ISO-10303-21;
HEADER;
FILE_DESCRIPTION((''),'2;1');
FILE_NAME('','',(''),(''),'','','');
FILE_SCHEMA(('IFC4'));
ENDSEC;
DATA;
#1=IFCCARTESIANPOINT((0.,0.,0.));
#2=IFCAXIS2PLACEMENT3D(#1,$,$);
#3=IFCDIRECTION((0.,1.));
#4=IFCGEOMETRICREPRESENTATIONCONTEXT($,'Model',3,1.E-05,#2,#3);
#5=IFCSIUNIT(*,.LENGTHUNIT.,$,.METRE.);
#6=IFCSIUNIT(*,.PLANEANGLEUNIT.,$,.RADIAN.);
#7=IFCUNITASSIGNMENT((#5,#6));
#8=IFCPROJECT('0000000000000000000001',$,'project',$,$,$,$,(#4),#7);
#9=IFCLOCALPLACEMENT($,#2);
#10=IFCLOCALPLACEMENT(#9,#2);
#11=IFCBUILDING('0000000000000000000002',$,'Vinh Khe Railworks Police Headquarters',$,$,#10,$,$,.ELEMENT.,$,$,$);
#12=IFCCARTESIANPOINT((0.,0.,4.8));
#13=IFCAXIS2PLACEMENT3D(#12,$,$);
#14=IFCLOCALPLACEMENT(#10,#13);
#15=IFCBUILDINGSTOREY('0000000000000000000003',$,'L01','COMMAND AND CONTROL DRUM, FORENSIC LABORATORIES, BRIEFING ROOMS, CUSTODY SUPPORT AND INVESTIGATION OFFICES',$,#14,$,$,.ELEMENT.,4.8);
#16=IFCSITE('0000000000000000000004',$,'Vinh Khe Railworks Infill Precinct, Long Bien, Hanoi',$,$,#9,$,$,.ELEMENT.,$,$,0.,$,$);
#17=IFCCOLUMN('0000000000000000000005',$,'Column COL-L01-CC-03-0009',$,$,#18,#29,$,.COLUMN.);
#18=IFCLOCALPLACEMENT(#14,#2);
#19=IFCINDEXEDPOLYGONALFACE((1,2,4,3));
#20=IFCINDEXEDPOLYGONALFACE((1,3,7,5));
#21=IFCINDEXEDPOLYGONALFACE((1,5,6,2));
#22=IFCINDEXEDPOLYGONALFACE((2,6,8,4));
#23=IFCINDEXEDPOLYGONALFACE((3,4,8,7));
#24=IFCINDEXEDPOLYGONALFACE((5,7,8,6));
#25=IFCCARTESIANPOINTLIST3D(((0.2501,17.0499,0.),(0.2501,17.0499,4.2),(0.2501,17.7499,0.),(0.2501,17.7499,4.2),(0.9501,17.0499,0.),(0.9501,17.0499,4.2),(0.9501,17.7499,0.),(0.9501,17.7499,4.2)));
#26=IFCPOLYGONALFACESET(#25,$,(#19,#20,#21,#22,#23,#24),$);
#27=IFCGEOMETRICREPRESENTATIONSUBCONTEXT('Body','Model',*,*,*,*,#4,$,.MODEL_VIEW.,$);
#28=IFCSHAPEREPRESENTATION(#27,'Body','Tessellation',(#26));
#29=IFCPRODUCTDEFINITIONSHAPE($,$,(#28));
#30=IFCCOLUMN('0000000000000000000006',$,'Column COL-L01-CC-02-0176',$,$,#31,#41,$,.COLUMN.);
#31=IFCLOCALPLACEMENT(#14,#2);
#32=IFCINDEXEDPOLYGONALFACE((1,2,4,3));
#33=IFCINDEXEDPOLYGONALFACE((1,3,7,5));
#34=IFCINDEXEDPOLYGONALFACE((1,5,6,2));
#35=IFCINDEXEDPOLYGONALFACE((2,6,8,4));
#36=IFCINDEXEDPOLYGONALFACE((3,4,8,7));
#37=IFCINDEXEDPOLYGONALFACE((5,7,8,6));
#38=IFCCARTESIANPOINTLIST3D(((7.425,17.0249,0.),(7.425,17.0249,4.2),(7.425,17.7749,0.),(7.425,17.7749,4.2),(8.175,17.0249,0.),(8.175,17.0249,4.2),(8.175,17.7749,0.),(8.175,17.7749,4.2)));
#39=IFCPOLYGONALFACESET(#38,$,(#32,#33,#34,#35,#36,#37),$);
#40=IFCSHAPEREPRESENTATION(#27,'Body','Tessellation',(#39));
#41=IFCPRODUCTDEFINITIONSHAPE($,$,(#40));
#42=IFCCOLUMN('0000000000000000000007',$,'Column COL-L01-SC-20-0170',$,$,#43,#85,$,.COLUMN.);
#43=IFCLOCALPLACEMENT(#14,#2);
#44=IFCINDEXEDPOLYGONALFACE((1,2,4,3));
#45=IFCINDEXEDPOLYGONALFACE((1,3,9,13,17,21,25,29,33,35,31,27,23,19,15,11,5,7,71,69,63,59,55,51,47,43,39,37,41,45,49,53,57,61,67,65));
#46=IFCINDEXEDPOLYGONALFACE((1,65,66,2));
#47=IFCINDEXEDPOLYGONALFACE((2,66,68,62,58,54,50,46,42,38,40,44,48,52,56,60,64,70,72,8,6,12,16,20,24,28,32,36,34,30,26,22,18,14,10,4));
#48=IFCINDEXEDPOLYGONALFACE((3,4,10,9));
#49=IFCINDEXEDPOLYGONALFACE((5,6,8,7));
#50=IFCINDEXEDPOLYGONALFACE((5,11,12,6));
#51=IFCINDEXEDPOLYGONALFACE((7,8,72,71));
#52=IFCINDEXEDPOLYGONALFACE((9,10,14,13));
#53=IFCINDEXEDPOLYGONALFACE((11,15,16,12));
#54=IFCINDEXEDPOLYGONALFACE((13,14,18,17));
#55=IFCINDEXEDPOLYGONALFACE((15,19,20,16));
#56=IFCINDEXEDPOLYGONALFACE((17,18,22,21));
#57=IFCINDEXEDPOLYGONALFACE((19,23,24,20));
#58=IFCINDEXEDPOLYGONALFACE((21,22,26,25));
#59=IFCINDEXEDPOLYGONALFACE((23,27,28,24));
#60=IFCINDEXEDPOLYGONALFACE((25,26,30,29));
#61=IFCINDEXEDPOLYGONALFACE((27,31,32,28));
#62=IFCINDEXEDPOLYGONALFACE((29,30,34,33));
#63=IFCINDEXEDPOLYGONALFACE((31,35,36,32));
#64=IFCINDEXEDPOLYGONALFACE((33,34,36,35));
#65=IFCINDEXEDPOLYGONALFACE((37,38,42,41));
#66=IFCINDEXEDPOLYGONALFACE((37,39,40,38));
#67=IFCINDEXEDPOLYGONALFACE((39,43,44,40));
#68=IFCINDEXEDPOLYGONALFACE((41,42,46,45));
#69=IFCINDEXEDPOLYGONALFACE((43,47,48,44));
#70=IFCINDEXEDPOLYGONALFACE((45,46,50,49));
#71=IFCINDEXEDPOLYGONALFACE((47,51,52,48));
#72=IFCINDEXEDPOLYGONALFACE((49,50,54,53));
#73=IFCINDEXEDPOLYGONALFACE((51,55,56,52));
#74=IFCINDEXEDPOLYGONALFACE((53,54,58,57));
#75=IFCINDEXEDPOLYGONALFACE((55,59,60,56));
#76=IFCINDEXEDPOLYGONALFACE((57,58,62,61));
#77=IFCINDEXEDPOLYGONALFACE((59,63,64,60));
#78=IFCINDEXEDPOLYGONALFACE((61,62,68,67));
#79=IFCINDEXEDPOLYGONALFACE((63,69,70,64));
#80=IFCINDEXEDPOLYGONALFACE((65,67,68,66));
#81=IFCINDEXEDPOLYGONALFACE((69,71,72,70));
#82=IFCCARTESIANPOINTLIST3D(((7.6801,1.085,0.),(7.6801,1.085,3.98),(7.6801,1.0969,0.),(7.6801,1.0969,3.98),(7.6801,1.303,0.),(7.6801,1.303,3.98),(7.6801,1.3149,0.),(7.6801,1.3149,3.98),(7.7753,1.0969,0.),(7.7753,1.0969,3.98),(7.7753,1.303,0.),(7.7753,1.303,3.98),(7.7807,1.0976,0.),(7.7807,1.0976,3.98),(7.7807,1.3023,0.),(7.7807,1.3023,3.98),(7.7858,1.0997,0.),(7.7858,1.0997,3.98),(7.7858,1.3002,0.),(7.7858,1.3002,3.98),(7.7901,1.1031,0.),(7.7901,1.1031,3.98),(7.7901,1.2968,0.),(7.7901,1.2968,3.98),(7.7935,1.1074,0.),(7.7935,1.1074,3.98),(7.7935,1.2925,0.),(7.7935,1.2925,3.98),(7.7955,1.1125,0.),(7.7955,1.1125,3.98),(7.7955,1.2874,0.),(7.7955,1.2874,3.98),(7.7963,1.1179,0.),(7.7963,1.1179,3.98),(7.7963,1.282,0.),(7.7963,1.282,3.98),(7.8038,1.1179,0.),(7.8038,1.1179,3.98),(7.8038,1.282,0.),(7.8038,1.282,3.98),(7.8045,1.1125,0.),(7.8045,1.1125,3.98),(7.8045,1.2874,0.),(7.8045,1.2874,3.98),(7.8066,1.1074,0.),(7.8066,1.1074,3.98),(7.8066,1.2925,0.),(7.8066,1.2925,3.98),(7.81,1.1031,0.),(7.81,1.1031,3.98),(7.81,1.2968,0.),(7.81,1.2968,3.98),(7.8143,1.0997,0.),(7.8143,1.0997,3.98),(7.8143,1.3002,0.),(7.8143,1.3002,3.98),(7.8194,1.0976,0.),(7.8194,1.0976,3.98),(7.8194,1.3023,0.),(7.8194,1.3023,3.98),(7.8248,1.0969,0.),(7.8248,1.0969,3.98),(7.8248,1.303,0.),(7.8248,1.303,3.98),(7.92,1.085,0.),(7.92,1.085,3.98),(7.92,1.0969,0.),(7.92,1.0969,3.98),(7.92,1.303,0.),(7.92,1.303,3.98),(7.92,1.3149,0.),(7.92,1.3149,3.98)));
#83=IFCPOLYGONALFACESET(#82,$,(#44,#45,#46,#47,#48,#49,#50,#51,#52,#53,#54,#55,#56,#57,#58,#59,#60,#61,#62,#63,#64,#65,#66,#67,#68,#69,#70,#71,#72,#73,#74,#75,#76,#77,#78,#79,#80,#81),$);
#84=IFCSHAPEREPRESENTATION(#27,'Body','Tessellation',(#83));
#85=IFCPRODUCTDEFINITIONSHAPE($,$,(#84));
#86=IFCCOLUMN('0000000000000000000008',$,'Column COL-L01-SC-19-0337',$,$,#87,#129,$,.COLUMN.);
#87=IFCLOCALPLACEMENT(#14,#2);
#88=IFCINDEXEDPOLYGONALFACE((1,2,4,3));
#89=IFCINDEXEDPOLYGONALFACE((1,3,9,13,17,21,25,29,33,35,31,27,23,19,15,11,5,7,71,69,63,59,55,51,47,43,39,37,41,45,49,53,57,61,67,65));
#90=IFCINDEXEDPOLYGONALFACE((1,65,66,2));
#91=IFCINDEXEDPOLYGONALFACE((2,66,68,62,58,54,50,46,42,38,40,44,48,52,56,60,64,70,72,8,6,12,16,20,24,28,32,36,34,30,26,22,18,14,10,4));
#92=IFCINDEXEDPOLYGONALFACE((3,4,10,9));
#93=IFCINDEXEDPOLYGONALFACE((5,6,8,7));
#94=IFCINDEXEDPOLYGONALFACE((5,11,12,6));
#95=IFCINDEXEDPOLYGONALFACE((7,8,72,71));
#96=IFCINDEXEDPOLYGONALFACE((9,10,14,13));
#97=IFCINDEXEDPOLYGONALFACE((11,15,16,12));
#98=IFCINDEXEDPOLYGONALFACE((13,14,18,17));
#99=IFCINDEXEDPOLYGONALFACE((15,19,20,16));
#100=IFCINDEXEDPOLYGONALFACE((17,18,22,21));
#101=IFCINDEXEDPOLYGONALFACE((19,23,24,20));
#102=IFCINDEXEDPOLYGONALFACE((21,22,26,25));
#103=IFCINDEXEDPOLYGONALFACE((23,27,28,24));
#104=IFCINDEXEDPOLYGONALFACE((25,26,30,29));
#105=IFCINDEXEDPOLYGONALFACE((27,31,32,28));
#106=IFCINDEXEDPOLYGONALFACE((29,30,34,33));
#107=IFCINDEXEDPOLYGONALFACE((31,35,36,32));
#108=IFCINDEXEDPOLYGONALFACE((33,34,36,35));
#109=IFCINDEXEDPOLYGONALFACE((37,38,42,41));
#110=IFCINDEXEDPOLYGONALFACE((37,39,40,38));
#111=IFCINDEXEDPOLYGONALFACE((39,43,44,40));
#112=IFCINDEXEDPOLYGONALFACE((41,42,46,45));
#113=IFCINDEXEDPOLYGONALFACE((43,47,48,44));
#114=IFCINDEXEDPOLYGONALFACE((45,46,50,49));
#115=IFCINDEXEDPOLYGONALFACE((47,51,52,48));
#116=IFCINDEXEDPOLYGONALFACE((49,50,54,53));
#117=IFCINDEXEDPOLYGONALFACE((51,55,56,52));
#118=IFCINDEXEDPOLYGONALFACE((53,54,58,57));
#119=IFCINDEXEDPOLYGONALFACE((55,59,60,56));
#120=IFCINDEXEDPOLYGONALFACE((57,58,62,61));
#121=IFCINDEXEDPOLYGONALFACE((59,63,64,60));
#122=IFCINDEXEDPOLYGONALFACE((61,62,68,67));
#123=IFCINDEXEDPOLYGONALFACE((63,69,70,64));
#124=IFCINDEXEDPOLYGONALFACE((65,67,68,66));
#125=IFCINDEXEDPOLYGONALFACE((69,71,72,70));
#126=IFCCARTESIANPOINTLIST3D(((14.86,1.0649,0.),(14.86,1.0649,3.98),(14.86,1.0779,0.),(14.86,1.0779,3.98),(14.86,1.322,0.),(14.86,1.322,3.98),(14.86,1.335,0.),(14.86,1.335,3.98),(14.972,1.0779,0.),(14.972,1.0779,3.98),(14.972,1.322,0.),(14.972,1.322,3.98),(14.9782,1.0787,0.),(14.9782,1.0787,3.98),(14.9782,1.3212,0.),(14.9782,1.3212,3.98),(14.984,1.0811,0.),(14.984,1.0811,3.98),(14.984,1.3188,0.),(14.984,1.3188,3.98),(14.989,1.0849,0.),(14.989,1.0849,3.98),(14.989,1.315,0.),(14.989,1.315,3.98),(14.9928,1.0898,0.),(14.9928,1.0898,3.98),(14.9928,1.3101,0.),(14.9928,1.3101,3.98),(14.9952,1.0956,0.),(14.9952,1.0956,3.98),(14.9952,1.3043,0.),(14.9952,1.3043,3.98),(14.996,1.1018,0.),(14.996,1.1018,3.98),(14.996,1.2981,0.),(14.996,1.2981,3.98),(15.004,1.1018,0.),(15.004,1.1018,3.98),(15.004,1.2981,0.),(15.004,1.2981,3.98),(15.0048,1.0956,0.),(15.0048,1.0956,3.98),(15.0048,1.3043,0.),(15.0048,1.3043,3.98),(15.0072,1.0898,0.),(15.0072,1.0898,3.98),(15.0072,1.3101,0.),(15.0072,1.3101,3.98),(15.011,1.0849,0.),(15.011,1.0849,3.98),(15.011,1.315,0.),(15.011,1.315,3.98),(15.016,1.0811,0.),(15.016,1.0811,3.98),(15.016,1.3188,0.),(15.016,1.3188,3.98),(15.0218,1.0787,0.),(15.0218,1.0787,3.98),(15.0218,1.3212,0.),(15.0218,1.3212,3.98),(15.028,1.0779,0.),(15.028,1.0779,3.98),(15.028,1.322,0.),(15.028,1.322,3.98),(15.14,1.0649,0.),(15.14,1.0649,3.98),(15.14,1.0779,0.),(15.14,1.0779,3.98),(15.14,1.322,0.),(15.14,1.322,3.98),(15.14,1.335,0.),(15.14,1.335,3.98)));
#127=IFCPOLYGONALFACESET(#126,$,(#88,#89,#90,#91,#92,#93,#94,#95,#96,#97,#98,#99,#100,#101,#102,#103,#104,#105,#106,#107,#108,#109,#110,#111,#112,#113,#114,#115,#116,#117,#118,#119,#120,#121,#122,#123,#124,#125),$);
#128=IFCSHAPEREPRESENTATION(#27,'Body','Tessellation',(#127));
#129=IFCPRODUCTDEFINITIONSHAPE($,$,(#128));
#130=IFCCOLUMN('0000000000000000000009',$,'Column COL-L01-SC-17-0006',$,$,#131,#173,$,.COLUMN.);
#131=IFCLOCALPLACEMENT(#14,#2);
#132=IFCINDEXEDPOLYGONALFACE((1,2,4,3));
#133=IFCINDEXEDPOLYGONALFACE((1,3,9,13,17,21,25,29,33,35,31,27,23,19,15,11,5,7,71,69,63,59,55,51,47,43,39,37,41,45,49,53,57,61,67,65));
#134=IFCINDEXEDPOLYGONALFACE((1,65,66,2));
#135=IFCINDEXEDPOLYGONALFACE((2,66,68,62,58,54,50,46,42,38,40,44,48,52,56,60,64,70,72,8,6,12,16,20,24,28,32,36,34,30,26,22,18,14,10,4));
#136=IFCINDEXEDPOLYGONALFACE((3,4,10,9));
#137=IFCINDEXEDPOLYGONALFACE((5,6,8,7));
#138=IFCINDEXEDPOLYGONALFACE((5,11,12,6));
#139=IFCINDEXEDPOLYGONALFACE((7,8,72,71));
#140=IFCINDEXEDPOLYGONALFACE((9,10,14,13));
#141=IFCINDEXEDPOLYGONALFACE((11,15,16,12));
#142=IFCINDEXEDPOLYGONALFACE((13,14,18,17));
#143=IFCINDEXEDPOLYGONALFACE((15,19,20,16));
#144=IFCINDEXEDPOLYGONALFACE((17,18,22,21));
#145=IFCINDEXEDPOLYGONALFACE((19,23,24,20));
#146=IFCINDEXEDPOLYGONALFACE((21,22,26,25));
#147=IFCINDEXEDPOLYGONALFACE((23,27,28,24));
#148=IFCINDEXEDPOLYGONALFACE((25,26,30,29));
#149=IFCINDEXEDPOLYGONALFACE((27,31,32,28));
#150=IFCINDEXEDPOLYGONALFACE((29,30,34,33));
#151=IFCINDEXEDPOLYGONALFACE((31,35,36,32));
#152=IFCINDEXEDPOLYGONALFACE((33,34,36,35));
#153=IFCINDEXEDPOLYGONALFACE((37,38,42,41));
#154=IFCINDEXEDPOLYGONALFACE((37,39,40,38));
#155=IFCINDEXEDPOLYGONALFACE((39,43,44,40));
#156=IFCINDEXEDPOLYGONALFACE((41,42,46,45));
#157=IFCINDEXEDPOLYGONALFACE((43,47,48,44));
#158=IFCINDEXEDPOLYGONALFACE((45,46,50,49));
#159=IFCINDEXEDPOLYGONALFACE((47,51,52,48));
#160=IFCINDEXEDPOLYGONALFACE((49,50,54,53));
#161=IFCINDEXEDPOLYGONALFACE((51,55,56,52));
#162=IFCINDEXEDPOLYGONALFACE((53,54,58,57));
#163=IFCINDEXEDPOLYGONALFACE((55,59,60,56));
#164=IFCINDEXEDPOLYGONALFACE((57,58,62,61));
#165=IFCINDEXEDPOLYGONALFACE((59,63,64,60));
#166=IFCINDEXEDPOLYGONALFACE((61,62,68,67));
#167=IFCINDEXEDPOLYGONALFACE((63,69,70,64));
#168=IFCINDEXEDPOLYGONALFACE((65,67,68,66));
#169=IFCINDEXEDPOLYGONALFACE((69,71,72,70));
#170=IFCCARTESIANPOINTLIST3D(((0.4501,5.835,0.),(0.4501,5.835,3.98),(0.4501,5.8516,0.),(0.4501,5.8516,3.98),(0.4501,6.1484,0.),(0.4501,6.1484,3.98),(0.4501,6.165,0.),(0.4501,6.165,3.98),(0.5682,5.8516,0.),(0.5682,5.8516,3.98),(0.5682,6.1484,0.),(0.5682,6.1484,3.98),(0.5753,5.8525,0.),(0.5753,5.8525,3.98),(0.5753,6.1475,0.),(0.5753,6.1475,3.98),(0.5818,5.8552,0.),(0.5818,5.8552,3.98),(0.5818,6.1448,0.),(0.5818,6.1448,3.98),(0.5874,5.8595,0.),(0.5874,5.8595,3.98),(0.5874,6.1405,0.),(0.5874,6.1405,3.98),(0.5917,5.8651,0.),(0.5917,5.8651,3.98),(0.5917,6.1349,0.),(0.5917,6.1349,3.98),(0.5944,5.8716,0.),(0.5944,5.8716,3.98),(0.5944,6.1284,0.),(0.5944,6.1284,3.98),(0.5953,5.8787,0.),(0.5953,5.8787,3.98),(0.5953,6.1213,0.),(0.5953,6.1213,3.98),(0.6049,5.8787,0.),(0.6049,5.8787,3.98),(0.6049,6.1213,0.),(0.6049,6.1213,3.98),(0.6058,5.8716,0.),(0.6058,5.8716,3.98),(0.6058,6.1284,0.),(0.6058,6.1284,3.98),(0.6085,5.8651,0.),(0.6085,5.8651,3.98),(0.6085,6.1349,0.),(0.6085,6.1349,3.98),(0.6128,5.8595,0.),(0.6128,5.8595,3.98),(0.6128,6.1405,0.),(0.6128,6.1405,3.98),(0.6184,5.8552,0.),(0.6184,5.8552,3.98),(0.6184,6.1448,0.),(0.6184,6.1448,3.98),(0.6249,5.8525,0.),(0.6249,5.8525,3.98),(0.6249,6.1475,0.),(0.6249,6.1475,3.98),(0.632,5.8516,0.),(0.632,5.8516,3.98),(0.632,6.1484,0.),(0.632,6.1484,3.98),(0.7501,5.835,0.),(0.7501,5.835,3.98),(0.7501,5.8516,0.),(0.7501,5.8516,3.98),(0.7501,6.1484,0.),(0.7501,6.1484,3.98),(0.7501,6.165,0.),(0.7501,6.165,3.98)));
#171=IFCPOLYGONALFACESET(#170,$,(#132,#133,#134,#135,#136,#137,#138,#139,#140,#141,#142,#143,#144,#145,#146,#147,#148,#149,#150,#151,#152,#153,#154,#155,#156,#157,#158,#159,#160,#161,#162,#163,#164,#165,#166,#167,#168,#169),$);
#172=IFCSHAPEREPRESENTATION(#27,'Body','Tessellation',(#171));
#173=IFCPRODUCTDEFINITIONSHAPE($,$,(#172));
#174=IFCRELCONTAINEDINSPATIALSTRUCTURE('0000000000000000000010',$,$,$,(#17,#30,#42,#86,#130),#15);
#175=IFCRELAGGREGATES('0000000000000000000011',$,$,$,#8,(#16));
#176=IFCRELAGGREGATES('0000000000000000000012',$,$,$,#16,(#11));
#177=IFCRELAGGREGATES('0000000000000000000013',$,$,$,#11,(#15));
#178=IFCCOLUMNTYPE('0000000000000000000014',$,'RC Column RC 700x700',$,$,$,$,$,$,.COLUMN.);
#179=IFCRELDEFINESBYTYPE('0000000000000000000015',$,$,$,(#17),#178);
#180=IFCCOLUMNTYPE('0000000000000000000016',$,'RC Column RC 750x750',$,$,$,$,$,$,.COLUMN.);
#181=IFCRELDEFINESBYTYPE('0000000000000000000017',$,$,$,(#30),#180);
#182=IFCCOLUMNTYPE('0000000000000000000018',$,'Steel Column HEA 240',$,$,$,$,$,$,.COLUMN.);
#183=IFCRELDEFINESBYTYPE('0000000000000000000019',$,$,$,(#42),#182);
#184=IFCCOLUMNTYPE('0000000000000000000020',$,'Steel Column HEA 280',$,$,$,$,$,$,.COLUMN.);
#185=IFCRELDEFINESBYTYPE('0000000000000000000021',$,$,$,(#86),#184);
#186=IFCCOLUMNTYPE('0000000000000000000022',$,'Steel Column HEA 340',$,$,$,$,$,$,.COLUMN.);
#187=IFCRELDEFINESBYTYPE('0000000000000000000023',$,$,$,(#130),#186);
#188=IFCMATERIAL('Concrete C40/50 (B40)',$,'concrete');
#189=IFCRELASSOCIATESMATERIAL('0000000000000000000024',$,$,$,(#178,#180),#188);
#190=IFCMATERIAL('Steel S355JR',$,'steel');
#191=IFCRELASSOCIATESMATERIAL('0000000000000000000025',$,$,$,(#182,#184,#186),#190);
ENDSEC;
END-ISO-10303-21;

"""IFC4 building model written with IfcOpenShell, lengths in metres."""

from ifc_helpers import new_model, si_unit, direction, frame, origin, origin_2d, place, context, subcontext, project, spatial, rectangle, i_section, extrude, material, material_profile, profile_set, type_object, element, save


model = new_model("IFC4")

# Units and contexts
model_context = context("Model", 3, precision=1e-05, world=origin(), true_north=direction((0.0, 1.0)))
body_context = subcontext(model_context, "Body", "Model", "MODEL_VIEW")
ifc_project = project(units=[si_unit("LENGTHUNIT", "METRE"), si_unit("PLANEANGLEUNIT", "RADIAN")], contexts=[model_context])

# Site, building, storey
site_placement = place(None, origin())
site = spatial("IfcSite", under=ifc_project, at=site_placement, Name="Vinh Khe Railworks Infill Precinct, Long Bien, Hanoi", CompositionType="ELEMENT", RefElevation=0.0)
building_placement = place(site_placement, origin())
building = spatial("IfcBuilding", under=site, at=building_placement, Name="Vinh Khe Railworks Police Headquarters", CompositionType="ELEMENT")
storey_placement = place(building_placement, frame((0.0, 0.0, 4.8)))
storey = spatial("IfcBuildingStorey", under=building, at=storey_placement, Name="L01", Description="COMMAND AND CONTROL DRUM, FORENSIC LABORATORIES, BRIEFING ROOMS, CUSTODY SUPPORT AND INVESTIGATION OFFICES", CompositionType="ELEMENT", Elevation=4.8)

# Columns
ifc_material_1 = material(Name="Concrete C40/50 (B40)", Category="concrete")
ifc_material_profile_1 = material_profile(ifc_material_1, rectangle(XDim=0.7, YDim=0.7, at=origin_2d()), Name="RC 700x700")
ifc_profile_set_1 = profile_set([ifc_material_profile_1], Name="Concrete C40/50 (B40)")
column_type_1 = type_object("IfcColumnType", Name="RC Column RC 700x700", PredefinedType="COLUMN", material=ifc_profile_set_1)
column_1_placement = place(storey_placement, frame((0.6001, 17.3999, 0.0), z_axis=(0.0, 0.0, 1.0), x_axis=(1.0, 0.0, 0.0)))
element("IfcColumn", 1, at=column_1_placement, inside=storey, type_object=column_type_1, Name="Column COL-L01-CC-03-0009", PredefinedType="COLUMN", context=body_context, shape_type="SweptSolid", body=[
    extrude(rectangle(XDim=0.7, YDim=0.7, at=origin_2d()), origin(), (0.0, 0.0, 1.0), 4.2),
])
ifc_material_profile_2 = material_profile(ifc_material_1, rectangle(XDim=0.75, YDim=0.75, at=origin_2d()), Name="RC 750x750")
ifc_profile_set_2 = profile_set([ifc_material_profile_2], Name="Concrete C40/50 (B40)")
column_type_2 = type_object("IfcColumnType", Name="RC Column RC 750x750", PredefinedType="COLUMN", material=ifc_profile_set_2)
column_2_placement = place(storey_placement, frame((7.8, 17.3999, 0.0), z_axis=(0.0, 0.0, 1.0), x_axis=(1.0, 0.0, 0.0)))
element("IfcColumn", 2, at=column_2_placement, inside=storey, type_object=column_type_2, Name="Column COL-L01-CC-02-0176", PredefinedType="COLUMN", context=body_context, shape_type="SweptSolid", body=[
    extrude(rectangle(XDim=0.75, YDim=0.75, at=origin_2d()), origin(), (0.0, 0.0, 1.0), 4.2),
])
ifc_material_2 = material(Name="Steel S355JR", Category="steel")
ifc_material_profile_3 = material_profile(ifc_material_2, i_section(OverallWidth=0.24, OverallDepth=0.23, WebThickness=0.0076, FlangeThickness=0.012, FilletRadius=0.021, at=origin_2d()), Name="HEA 240")
ifc_profile_set_3 = profile_set([ifc_material_profile_3], Name="Steel S355JR")
column_type_3 = type_object("IfcColumnType", Name="Steel Column HEA 240", PredefinedType="COLUMN", material=ifc_profile_set_3)
column_3_placement = place(storey_placement, frame((7.8, 1.2, 0.0), z_axis=(0.0, 0.0, 1.0), x_axis=(1.0, 0.0, 0.0)))
element("IfcColumn", 3, at=column_3_placement, inside=storey, type_object=column_type_3, Name="Column COL-L01-SC-20-0170", PredefinedType="COLUMN", context=body_context, shape_type="SweptSolid", body=[
    extrude(i_section(OverallWidth=0.24, OverallDepth=0.23, WebThickness=0.0076, FlangeThickness=0.012, FilletRadius=0.021, at=origin_2d()), origin(), (0.0, 0.0, 1.0), 3.98),
])
ifc_material_profile_4 = material_profile(ifc_material_2, i_section(OverallWidth=0.28, OverallDepth=0.27, WebThickness=0.0081, FlangeThickness=0.0129, FilletRadius=0.0239, at=origin_2d()), Name="HEA 280")
ifc_profile_set_4 = profile_set([ifc_material_profile_4], Name="Steel S355JR")
column_type_4 = type_object("IfcColumnType", Name="Steel Column HEA 280", PredefinedType="COLUMN", material=ifc_profile_set_4)
column_4_placement = place(storey_placement, frame((15.0, 1.2, 0.0), z_axis=(0.0, 0.0, 1.0), x_axis=(1.0, 0.0, 0.0)))
element("IfcColumn", 4, at=column_4_placement, inside=storey, type_object=column_type_4, Name="Column COL-L01-SC-19-0337", PredefinedType="COLUMN", context=body_context, shape_type="SweptSolid", body=[
    extrude(i_section(OverallWidth=0.28, OverallDepth=0.27, WebThickness=0.0081, FlangeThickness=0.0129, FilletRadius=0.0239, at=origin_2d()), origin(), (0.0, 0.0, 1.0), 3.98),
])
ifc_material_profile_5 = material_profile(ifc_material_2, i_section(OverallWidth=0.3, OverallDepth=0.3301, WebThickness=0.0095, FlangeThickness=0.0166, FilletRadius=0.0271, at=origin_2d()), Name="HEA 340")
ifc_profile_set_5 = profile_set([ifc_material_profile_5], Name="Steel S355JR")
column_type_5 = type_object("IfcColumnType", Name="Steel Column HEA 340", PredefinedType="COLUMN", material=ifc_profile_set_5)
column_5_placement = place(storey_placement, frame((0.6001, 6.0, 0.0), z_axis=(0.0, 0.0, 1.0), x_axis=(1.0, 0.0, 0.0)))
element("IfcColumn", 5, at=column_5_placement, inside=storey, type_object=column_type_5, Name="Column COL-L01-SC-17-0006", PredefinedType="COLUMN", context=body_context, shape_type="SweptSolid", body=[
    extrude(i_section(OverallWidth=0.3, OverallDepth=0.3301, WebThickness=0.0095, FlangeThickness=0.0166, FilletRadius=0.0271, at=origin_2d()), origin(), (0.0, 0.0, 1.0), 3.98),
])

save(model, "model.ifc")
